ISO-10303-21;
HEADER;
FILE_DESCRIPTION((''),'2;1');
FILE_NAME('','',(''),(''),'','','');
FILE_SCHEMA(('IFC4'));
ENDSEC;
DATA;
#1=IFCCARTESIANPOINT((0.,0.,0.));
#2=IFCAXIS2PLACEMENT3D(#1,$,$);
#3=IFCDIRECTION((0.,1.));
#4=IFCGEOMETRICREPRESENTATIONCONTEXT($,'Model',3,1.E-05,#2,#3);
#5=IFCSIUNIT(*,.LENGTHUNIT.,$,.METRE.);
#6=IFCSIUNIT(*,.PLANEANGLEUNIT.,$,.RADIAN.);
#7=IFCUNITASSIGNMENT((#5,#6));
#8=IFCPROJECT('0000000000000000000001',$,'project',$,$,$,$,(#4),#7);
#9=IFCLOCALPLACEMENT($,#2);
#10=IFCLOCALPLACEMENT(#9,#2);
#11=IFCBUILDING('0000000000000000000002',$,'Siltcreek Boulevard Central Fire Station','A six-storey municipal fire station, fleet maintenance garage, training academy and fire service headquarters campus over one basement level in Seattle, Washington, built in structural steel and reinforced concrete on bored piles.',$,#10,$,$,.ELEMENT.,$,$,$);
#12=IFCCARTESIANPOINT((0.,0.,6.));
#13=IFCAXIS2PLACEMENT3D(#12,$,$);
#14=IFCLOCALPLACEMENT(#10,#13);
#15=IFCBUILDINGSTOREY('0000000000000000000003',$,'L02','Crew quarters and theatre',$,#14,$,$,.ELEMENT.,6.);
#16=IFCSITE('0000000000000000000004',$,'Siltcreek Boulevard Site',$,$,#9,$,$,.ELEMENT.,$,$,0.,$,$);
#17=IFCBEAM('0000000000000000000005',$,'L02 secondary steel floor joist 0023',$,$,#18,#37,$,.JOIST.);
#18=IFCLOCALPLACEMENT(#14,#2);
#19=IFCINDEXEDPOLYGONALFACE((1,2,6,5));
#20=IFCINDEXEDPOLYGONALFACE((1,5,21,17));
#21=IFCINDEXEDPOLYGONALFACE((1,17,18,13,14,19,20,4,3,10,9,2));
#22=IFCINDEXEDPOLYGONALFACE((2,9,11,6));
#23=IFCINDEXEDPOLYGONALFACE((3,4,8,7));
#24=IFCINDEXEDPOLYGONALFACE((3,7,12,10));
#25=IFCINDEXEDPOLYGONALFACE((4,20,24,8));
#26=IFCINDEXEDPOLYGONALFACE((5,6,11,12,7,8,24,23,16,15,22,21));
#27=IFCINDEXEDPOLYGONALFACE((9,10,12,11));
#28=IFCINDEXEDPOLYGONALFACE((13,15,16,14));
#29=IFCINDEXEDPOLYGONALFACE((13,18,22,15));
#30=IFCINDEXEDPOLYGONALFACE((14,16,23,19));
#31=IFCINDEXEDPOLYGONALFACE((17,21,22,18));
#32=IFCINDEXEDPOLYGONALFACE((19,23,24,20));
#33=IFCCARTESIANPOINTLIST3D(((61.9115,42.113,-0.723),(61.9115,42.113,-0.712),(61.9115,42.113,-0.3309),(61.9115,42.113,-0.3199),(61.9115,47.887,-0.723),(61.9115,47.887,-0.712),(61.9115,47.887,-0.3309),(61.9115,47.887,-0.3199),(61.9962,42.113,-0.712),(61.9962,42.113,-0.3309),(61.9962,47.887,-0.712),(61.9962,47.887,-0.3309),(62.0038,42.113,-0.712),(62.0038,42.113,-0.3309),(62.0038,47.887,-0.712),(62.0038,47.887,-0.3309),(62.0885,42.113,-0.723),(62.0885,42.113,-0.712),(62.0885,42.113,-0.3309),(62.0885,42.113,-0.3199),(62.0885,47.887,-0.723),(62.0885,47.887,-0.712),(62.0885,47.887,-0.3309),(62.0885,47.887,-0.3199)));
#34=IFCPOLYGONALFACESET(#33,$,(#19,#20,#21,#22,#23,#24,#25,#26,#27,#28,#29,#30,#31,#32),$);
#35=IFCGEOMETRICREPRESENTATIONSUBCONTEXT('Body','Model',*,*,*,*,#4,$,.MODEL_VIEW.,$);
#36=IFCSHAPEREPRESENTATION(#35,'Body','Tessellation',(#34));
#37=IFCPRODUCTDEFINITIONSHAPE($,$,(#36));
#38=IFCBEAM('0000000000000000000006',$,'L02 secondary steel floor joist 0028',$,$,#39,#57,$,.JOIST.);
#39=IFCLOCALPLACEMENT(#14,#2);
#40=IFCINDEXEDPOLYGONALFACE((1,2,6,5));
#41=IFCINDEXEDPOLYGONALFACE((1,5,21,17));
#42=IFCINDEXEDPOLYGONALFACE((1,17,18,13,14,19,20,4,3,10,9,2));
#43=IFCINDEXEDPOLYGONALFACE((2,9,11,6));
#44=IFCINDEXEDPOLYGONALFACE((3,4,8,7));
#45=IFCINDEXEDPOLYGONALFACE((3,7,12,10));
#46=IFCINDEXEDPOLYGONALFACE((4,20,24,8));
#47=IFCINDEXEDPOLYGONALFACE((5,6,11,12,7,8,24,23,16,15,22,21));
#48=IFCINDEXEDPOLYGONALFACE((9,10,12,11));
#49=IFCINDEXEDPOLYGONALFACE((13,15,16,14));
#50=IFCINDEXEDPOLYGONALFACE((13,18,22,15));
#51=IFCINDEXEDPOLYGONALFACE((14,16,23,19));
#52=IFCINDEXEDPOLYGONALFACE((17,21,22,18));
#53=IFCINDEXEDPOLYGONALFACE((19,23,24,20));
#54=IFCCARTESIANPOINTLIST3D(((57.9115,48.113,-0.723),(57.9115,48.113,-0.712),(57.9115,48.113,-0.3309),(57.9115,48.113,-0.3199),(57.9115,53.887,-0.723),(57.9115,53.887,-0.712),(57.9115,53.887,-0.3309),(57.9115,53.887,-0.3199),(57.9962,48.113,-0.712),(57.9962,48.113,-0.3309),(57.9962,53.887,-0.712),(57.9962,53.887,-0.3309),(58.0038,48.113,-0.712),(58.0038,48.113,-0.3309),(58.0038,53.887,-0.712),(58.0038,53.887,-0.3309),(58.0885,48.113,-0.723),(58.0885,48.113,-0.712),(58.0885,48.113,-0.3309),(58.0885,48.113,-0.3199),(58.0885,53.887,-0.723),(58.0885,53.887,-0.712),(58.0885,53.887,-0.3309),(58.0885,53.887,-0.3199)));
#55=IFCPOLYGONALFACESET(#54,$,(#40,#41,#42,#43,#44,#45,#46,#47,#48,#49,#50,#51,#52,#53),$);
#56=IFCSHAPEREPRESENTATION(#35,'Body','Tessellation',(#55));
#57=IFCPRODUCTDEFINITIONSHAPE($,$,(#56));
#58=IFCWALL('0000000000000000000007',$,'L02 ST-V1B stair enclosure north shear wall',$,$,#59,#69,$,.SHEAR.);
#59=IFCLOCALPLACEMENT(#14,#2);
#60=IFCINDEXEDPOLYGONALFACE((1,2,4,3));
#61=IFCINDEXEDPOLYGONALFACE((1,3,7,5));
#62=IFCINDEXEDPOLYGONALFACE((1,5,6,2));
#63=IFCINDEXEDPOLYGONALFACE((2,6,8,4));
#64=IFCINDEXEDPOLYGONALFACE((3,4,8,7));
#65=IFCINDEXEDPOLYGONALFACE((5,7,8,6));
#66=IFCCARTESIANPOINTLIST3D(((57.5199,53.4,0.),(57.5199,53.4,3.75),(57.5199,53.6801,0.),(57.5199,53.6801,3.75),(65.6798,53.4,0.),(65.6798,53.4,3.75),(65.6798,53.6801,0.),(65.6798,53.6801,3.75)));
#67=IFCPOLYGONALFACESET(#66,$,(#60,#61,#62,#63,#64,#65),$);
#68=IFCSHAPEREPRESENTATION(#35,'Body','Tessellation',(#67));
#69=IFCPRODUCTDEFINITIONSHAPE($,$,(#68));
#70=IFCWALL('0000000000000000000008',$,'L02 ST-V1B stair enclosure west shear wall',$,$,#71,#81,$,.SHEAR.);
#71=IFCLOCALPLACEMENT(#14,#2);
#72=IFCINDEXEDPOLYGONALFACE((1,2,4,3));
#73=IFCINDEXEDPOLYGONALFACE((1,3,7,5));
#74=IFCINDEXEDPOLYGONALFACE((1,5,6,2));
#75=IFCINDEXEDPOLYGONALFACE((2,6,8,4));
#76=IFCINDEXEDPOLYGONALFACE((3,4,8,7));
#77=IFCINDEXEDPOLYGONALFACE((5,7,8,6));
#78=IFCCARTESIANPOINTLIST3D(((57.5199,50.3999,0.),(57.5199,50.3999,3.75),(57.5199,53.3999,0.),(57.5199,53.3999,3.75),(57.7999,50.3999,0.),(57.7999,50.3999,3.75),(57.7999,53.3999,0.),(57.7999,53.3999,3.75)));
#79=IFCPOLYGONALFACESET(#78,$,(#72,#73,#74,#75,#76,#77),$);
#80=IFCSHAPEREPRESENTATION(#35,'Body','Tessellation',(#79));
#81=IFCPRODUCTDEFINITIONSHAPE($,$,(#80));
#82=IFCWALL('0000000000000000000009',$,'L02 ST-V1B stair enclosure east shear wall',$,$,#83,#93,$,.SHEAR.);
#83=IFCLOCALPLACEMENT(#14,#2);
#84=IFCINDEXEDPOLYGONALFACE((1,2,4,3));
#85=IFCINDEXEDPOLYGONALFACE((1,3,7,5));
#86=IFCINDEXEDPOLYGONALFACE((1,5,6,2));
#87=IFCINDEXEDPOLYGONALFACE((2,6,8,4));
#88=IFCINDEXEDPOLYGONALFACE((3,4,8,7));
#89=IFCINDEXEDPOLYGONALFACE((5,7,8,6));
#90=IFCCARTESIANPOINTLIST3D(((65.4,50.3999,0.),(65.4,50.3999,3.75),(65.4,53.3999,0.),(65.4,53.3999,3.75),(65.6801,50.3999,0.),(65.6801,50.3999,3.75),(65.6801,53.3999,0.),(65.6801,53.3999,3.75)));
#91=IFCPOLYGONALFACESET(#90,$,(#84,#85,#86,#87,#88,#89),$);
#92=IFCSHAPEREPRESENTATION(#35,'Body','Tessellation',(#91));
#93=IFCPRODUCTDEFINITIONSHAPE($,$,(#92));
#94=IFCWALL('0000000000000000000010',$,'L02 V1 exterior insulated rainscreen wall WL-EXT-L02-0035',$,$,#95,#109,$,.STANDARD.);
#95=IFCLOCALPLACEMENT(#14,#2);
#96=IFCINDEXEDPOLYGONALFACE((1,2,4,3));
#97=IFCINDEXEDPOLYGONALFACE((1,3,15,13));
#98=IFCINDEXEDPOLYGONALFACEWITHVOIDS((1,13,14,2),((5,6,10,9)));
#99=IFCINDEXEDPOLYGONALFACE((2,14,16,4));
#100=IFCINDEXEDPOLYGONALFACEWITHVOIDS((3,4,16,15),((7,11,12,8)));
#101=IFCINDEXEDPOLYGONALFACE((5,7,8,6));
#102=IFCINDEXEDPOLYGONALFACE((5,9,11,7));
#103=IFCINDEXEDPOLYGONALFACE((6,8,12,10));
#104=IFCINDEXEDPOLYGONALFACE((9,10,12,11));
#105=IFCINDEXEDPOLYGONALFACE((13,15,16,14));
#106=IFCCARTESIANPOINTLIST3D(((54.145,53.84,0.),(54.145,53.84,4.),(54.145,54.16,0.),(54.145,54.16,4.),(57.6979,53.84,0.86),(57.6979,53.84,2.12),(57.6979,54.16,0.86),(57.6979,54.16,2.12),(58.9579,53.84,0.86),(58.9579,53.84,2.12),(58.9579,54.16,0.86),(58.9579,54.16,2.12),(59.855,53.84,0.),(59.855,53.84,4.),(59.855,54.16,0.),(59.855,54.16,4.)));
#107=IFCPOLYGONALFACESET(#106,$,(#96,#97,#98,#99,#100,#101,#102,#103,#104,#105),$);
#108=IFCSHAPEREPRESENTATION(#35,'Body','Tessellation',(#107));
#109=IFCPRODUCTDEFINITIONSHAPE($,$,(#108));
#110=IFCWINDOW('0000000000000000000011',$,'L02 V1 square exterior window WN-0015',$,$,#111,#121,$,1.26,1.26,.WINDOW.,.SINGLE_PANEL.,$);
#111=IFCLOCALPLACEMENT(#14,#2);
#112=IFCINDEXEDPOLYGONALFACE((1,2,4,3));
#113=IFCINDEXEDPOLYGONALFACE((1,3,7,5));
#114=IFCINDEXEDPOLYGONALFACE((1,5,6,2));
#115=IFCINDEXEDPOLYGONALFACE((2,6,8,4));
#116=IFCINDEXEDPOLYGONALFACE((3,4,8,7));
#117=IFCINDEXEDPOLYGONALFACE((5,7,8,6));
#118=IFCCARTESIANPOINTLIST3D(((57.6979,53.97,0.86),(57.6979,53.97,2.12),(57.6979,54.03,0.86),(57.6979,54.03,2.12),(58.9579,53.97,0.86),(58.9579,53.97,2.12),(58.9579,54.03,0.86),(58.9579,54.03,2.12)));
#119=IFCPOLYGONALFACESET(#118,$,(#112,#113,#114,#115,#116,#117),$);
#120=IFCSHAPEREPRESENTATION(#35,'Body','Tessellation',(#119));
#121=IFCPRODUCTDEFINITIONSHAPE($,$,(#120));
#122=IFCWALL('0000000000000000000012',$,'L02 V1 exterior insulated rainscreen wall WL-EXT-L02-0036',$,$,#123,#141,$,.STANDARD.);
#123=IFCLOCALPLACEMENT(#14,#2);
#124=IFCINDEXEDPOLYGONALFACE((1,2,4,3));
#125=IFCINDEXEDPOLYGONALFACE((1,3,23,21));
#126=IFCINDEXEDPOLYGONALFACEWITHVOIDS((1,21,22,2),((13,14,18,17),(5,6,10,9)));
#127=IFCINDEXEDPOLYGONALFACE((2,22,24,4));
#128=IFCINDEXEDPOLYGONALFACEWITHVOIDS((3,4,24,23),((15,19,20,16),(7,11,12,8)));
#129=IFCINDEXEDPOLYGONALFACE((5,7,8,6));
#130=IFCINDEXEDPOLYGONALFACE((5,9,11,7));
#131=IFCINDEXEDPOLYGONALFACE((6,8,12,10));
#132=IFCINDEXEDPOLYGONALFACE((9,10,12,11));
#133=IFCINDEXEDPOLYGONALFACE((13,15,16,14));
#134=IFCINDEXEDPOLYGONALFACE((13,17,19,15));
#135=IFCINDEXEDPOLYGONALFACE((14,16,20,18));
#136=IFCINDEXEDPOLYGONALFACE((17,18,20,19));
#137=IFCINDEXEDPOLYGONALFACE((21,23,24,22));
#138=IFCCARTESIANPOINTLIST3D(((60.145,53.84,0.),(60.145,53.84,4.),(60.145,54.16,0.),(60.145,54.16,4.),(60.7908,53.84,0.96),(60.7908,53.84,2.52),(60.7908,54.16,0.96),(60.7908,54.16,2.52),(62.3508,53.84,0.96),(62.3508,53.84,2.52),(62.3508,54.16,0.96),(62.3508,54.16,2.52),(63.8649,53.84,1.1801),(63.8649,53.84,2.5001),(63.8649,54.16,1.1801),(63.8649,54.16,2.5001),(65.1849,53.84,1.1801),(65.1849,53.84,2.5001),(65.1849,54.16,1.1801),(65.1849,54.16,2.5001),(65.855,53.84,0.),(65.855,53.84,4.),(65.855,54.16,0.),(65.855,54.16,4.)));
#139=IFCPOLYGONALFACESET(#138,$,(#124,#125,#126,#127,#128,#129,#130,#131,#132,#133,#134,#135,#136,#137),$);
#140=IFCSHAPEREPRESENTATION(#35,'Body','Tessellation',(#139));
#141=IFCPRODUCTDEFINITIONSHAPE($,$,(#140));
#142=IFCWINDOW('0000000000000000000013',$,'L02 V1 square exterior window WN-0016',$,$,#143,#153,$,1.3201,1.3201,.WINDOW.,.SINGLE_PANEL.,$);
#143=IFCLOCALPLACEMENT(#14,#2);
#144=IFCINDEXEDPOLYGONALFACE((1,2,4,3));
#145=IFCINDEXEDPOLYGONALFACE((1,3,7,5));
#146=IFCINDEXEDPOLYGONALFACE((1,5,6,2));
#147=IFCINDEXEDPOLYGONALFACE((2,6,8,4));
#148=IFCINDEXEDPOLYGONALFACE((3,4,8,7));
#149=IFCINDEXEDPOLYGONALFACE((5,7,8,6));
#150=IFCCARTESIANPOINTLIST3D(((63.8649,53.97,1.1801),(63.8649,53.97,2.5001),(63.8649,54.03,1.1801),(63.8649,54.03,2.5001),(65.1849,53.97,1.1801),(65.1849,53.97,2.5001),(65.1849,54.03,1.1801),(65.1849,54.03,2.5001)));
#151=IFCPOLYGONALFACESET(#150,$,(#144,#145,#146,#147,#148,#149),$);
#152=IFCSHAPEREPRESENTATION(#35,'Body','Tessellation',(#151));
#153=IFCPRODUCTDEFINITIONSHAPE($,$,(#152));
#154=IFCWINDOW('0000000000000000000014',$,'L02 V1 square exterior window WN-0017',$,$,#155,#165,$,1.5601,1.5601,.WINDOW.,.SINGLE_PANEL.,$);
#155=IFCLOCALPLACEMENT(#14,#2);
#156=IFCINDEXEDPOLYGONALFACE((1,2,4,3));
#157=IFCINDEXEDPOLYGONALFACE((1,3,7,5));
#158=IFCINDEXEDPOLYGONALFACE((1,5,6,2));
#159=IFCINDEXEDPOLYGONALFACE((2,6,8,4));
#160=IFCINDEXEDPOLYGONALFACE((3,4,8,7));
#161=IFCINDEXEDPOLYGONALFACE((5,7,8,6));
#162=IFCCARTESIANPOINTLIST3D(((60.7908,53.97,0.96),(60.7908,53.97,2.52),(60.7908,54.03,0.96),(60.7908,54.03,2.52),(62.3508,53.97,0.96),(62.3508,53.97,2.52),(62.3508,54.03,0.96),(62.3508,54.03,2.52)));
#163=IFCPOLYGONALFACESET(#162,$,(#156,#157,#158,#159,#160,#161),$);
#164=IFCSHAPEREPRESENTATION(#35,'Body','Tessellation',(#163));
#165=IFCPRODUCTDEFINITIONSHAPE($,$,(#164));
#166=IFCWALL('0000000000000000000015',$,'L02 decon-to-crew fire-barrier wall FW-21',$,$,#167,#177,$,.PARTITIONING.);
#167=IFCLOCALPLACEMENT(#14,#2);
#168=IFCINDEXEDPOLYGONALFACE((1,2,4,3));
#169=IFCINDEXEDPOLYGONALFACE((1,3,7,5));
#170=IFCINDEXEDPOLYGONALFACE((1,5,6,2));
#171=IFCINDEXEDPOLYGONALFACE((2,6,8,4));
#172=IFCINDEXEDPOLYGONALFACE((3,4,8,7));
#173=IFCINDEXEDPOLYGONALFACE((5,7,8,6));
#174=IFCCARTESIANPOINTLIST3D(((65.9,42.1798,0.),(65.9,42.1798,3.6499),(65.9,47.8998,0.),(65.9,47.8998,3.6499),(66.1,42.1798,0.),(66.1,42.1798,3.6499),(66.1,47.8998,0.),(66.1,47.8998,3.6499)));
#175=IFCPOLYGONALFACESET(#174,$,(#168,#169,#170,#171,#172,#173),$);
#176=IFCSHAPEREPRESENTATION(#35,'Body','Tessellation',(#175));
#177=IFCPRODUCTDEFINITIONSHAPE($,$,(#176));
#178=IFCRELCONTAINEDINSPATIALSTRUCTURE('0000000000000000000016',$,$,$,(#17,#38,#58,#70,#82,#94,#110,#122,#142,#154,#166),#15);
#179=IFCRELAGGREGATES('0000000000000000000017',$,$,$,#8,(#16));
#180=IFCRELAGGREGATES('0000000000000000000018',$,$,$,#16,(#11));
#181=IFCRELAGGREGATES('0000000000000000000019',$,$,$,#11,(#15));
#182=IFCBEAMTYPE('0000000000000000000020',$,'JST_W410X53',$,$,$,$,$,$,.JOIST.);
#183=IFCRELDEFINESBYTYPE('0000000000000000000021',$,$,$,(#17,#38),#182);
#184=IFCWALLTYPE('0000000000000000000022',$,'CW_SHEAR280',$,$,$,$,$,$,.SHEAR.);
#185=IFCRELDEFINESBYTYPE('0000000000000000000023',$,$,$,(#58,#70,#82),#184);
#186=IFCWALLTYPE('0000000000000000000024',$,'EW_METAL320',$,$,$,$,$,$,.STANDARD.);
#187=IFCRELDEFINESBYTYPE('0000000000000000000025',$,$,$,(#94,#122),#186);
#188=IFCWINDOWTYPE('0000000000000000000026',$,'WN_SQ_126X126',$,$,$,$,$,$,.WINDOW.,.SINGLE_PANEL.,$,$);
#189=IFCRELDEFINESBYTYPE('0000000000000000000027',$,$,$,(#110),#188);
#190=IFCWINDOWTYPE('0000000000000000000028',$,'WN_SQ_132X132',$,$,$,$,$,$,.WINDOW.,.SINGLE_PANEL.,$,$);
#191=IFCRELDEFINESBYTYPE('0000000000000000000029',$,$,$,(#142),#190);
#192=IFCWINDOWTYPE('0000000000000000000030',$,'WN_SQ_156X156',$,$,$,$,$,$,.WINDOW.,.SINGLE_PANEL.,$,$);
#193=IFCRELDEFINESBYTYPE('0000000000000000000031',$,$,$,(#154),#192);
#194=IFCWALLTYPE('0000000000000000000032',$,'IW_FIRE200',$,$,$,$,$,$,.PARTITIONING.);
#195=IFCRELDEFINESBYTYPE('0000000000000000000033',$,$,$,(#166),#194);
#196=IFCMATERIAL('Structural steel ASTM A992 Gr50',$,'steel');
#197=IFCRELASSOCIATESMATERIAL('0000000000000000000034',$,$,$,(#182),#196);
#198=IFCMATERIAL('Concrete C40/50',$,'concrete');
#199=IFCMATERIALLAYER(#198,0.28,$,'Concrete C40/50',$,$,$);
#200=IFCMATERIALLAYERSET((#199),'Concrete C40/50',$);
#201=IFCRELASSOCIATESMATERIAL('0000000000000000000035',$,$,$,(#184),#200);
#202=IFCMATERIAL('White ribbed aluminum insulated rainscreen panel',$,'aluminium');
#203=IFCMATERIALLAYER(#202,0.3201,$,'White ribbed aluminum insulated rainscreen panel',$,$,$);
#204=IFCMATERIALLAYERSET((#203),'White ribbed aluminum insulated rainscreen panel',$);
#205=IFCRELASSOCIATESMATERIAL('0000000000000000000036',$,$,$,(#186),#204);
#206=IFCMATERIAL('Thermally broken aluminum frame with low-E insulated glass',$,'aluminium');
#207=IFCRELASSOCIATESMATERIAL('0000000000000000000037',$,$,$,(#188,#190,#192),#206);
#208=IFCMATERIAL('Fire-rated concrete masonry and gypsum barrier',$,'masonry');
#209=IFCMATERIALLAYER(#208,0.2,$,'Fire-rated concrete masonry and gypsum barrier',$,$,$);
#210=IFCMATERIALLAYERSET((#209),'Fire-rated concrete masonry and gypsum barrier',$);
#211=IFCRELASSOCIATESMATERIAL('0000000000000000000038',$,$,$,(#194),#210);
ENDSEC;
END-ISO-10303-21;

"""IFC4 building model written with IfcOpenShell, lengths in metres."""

from ifc_helpers import new_model, si_unit, direction, frame, frame_2d, origin, origin_2d, place, context, subcontext, project, spatial, rectangle, i_section, extrude, material, layer, layer_set, material_profile, profile_set, type_object, element, fill, save


model = new_model("IFC4")

# Units and contexts
model_context = context("Model", 3, precision=1e-05, world=origin(), true_north=direction((0.0, 1.0)))
body_context = subcontext(model_context, "Body", "Model", "MODEL_VIEW")
ifc_project = project(units=[si_unit("LENGTHUNIT", "METRE"), si_unit("PLANEANGLEUNIT", "RADIAN")], contexts=[model_context])

# Site, building, storey
site_placement = place(None, origin())
site = spatial("IfcSite", under=ifc_project, at=site_placement, Name="Siltcreek Boulevard Site", CompositionType="ELEMENT", RefElevation=0.0)
building_placement = place(site_placement, origin())
building = spatial("IfcBuilding", under=site, at=building_placement, Name="Siltcreek Boulevard Central Fire Station", Description="A six-storey municipal fire station, fleet maintenance garage, training academy and fire service headquarters campus over one basement level in Seattle, Washington, built in structural steel and reinforced concrete on bored piles.", CompositionType="ELEMENT")
storey_placement = place(building_placement, frame((0.0, 0.0, 6.0)))
storey = spatial("IfcBuildingStorey", under=building, at=storey_placement, Name="L02", Description="Crew quarters and theatre", CompositionType="ELEMENT", Elevation=6.0)

# Shared definitions
ifc_material_1 = material(Name="Structural steel ASTM A992 Gr50", Category="steel")

# Beams
ifc_material_profile_1 = material_profile(ifc_material_1, i_section(OverallWidth=0.177, OverallDepth=0.4031, WebThickness=0.0076, FlangeThickness=0.011, at=origin_2d()), Name="W410X53")
ifc_profile_set_1 = profile_set([ifc_material_profile_1], Name="Structural steel ASTM A992 Gr50")
beam_type_1 = type_object("IfcBeamType", Name="JST_W410X53", PredefinedType="JOIST", material=ifc_profile_set_1)
for number, where, z_axis, x_axis, name in (
    (1, (62.0, 42.113, -0.5215), (0.0, 1.0, 0.0), (-1.0, 0.0, 0.0), "L02 secondary steel floor joist 0023"),
    (2, (58.0, 48.113, -0.5215), (0.0, 1.0, 0.0), (-1.0, 0.0, 0.0), "L02 secondary steel floor joist 0028"),
):
    element("IfcBeam", number, at=place(storey_placement, frame(where, z_axis=z_axis, x_axis=x_axis)), inside=storey, type_object=beam_type_1, Name=name, PredefinedType="JOIST", context=body_context, shape_type="SweptSolid", body=[
        extrude(i_section(OverallWidth=0.177, OverallDepth=0.4031, WebThickness=0.0076, FlangeThickness=0.011, at=origin_2d()), origin(), (0.0, 0.0, 1.0), 5.7739),
    ])

# Walls
ifc_material_2 = material(Name="Concrete C40/50", Category="concrete")
ifc_layer_1 = layer(ifc_material_2, 0.28, Name="Concrete C40/50")
ifc_layer_set_1 = layer_set([ifc_layer_1], Name="Concrete C40/50")
wall_type_1 = type_object("IfcWallType", Name="CW_SHEAR280", PredefinedType="SHEAR", material=ifc_layer_set_1)
wall_1_placement = place(storey_placement, frame((65.6799, 53.54, 0.0), z_axis=(0.0, 0.0, 1.0), x_axis=(-1.0, 0.0, 0.0)))
element("IfcWall", 3, at=wall_1_placement, inside=storey, type_object=wall_type_1, Name="L02 ST-V1B stair enclosure north shear wall", PredefinedType="SHEAR", context=body_context, shape_type="SweptSolid", body=[
    extrude(rectangle(XDim=8.1599, YDim=0.28, at=frame_2d((4.0801, 0.0))), origin(), (0.0, 0.0, 1.0), 3.75),
])
for number, where, z_axis, x_axis, name in (
    (4, (57.6599, 53.3999, 0.0), (0.0, 0.0, 1.0), (0.0, -1.0, 0.0), "L02 ST-V1B stair enclosure west shear wall"),
    (5, (65.54, 50.3999, 0.0), (0.0, 0.0, 1.0), (0.0, 1.0, 0.0), "L02 ST-V1B stair enclosure east shear wall"),
):
    element("IfcWall", number, at=place(storey_placement, frame(where, z_axis=z_axis, x_axis=x_axis)), inside=storey, type_object=wall_type_1, Name=name, PredefinedType="SHEAR", context=body_context, shape_type="SweptSolid", body=[
        extrude(rectangle(XDim=3.0, YDim=0.28, at=frame_2d((1.5, 0.0))), origin(), (0.0, 0.0, 1.0), 3.75),
    ])

# Wall, opening, window
ifc_material_3 = material(Name="White ribbed aluminum insulated rainscreen panel", Category="aluminium")
ifc_layer_2 = layer(ifc_material_3, 0.3201, Name="White ribbed aluminum insulated rainscreen panel")
ifc_layer_set_2 = layer_set([ifc_layer_2], Name="White ribbed aluminum insulated rainscreen panel")
wall_type_2 = type_object("IfcWallType", Name="EW_METAL320", PredefinedType="STANDARD", material=ifc_layer_set_2)
wall_2_placement = place(storey_placement, frame((59.855, 54.0, 0.0), z_axis=(0.0, 0.0, 1.0), x_axis=(-1.0, 0.0, 0.0)))
wall_2 = element("IfcWall", 6, at=wall_2_placement, inside=storey, type_object=wall_type_2, Name="L02 V1 exterior insulated rainscreen wall WL-EXT-L02-0035", PredefinedType="STANDARD", context=body_context, shape_type="SweptSolid", body=[
    extrude(rectangle(XDim=5.71, YDim=0.3201, at=frame_2d((2.855, 0.0))), origin(), (0.0, 0.0, 1.0), 4.0),
])
opening_1_placement = place(wall_2_placement, frame((0.8972, 0.0, 0.8601)))
opening_1 = element("IfcOpeningElement", 7, at=opening_1_placement, cuts=wall_2, PredefinedType="OPENING", context=body_context, shape_type="SweptSolid", body=[
    extrude(rectangle(XDim=1.26, YDim=1.26, at=frame_2d((0.6299, 0.6299))), frame((0.0, 0.1699, 0.0), z_axis=(0.0, -1.0, 0.0), x_axis=(1.0, 0.0, 0.0)), (0.0, 0.0, 1.0), 0.3401),
])
ifc_material_4 = material(Name="Thermally broken aluminum frame with low-E insulated glass", Category="aluminium")
window_type_1 = type_object("IfcWindowType", Name="WN_SQ_126X126", PartitioningType="SINGLE_PANEL", PredefinedType="WINDOW", material=ifc_material_4)
window_1_placement = place(opening_1_placement, origin())
window_1 = element("IfcWindow", 8, at=window_1_placement, inside=storey, type_object=window_type_1, Name="L02 V1 square exterior window WN-0015", OverallHeight=1.26, OverallWidth=1.26, PartitioningType="SINGLE_PANEL", PredefinedType="WINDOW", context=body_context, shape_type="SweptSolid", body=[
    extrude(rectangle(XDim=1.26, YDim=1.26, at=frame_2d((0.6299, 0.6299))), frame((0.0, 0.03, 0.0), z_axis=(0.0, -1.0, 0.0), x_axis=(1.0, 0.0, 0.0)), (0.0, 0.0, 1.0), 0.0601),
])
fill(opening_1, window_1)

# Wall, openings, windows
wall_3_placement = place(storey_placement, frame((65.855, 54.0, 0.0), z_axis=(0.0, 0.0, 1.0), x_axis=(-1.0, 0.0, 0.0)))
wall_3 = element("IfcWall", 9, at=wall_3_placement, inside=storey, type_object=wall_type_2, Name="L02 V1 exterior insulated rainscreen wall WL-EXT-L02-0036", PredefinedType="STANDARD", context=body_context, shape_type="SweptSolid", body=[
    extrude(rectangle(XDim=5.71, YDim=0.3201, at=frame_2d((2.855, 0.0))), origin(), (0.0, 0.0, 1.0), 4.0),
])
opening_2_placement = place(wall_3_placement, frame((0.6699, 0.0, 1.1799)))
opening_2 = element("IfcOpeningElement", 10, at=opening_2_placement, cuts=wall_3, PredefinedType="OPENING", context=body_context, shape_type="SweptSolid", body=[
    extrude(rectangle(XDim=1.3201, YDim=1.3201, at=frame_2d((0.6602, 0.6602))), frame((0.0, 0.1699, 0.0), z_axis=(0.0, -1.0, 0.0), x_axis=(1.0, 0.0, 0.0)), (0.0, 0.0, 1.0), 0.3401),
])
opening_3_placement = place(wall_3_placement, frame((3.5042, 0.0, 0.96)))
opening_3 = element("IfcOpeningElement", 11, at=opening_3_placement, cuts=wall_3, PredefinedType="OPENING", context=body_context, shape_type="SweptSolid", body=[
    extrude(rectangle(XDim=1.5601, YDim=1.5601, at=frame_2d((0.78, 0.78))), frame((0.0, 0.1699, 0.0), z_axis=(0.0, -1.0, 0.0), x_axis=(1.0, 0.0, 0.0)), (0.0, 0.0, 1.0), 0.3401),
])
window_type_2 = type_object("IfcWindowType", Name="WN_SQ_132X132", PartitioningType="SINGLE_PANEL", PredefinedType="WINDOW", material=ifc_material_4)
window_2_placement = place(opening_2_placement, origin())
window_2 = element("IfcWindow", 12, at=window_2_placement, inside=storey, type_object=window_type_2, Name="L02 V1 square exterior window WN-0016", OverallHeight=1.3201, OverallWidth=1.3201, PartitioningType="SINGLE_PANEL", PredefinedType="WINDOW", context=body_context, shape_type="SweptSolid", body=[
    extrude(rectangle(XDim=1.3201, YDim=1.3201, at=frame_2d((0.6602, 0.6602))), frame((0.0, 0.03, 0.0), z_axis=(0.0, -1.0, 0.0), x_axis=(1.0, 0.0, 0.0)), (0.0, 0.0, 1.0), 0.0601),
])
fill(opening_2, window_2)
window_type_3 = type_object("IfcWindowType", Name="WN_SQ_156X156", PartitioningType="SINGLE_PANEL", PredefinedType="WINDOW", material=ifc_material_4)
window_3_placement = place(opening_3_placement, origin())
window_3 = element("IfcWindow", 13, at=window_3_placement, inside=storey, type_object=window_type_3, Name="L02 V1 square exterior window WN-0017", OverallHeight=1.5601, OverallWidth=1.5601, PartitioningType="SINGLE_PANEL", PredefinedType="WINDOW", context=body_context, shape_type="SweptSolid", body=[
    extrude(rectangle(XDim=1.5601, YDim=1.5601, at=frame_2d((0.78, 0.78))), frame((0.0, 0.03, 0.0), z_axis=(0.0, -1.0, 0.0), x_axis=(1.0, 0.0, 0.0)), (0.0, 0.0, 1.0), 0.0601),
])
fill(opening_3, window_3)

# Wall
ifc_material_5 = material(Name="Fire-rated concrete masonry and gypsum barrier", Category="masonry")
ifc_layer_3 = layer(ifc_material_5, 0.2, Name="Fire-rated concrete masonry and gypsum barrier")
ifc_layer_set_3 = layer_set([ifc_layer_3], Name="Fire-rated concrete masonry and gypsum barrier")
wall_type_3 = type_object("IfcWallType", Name="IW_FIRE200", PredefinedType="PARTITIONING", material=ifc_layer_set_3)
wall_4_placement = place(storey_placement, frame((66.0, 42.1799, 0.0), z_axis=(0.0, 0.0, 1.0), x_axis=(0.0, 1.0, 0.0)))
element("IfcWall", 14, at=wall_4_placement, inside=storey, type_object=wall_type_3, Name="L02 decon-to-crew fire-barrier wall FW-21", PredefinedType="PARTITIONING", context=body_context, shape_type="SweptSolid", body=[
    extrude(rectangle(XDim=5.72, YDim=0.2, at=frame_2d((2.8599, 0.0))), origin(), (0.0, 0.0, 1.0), 3.6499),
])

save(model, "model.ifc")
